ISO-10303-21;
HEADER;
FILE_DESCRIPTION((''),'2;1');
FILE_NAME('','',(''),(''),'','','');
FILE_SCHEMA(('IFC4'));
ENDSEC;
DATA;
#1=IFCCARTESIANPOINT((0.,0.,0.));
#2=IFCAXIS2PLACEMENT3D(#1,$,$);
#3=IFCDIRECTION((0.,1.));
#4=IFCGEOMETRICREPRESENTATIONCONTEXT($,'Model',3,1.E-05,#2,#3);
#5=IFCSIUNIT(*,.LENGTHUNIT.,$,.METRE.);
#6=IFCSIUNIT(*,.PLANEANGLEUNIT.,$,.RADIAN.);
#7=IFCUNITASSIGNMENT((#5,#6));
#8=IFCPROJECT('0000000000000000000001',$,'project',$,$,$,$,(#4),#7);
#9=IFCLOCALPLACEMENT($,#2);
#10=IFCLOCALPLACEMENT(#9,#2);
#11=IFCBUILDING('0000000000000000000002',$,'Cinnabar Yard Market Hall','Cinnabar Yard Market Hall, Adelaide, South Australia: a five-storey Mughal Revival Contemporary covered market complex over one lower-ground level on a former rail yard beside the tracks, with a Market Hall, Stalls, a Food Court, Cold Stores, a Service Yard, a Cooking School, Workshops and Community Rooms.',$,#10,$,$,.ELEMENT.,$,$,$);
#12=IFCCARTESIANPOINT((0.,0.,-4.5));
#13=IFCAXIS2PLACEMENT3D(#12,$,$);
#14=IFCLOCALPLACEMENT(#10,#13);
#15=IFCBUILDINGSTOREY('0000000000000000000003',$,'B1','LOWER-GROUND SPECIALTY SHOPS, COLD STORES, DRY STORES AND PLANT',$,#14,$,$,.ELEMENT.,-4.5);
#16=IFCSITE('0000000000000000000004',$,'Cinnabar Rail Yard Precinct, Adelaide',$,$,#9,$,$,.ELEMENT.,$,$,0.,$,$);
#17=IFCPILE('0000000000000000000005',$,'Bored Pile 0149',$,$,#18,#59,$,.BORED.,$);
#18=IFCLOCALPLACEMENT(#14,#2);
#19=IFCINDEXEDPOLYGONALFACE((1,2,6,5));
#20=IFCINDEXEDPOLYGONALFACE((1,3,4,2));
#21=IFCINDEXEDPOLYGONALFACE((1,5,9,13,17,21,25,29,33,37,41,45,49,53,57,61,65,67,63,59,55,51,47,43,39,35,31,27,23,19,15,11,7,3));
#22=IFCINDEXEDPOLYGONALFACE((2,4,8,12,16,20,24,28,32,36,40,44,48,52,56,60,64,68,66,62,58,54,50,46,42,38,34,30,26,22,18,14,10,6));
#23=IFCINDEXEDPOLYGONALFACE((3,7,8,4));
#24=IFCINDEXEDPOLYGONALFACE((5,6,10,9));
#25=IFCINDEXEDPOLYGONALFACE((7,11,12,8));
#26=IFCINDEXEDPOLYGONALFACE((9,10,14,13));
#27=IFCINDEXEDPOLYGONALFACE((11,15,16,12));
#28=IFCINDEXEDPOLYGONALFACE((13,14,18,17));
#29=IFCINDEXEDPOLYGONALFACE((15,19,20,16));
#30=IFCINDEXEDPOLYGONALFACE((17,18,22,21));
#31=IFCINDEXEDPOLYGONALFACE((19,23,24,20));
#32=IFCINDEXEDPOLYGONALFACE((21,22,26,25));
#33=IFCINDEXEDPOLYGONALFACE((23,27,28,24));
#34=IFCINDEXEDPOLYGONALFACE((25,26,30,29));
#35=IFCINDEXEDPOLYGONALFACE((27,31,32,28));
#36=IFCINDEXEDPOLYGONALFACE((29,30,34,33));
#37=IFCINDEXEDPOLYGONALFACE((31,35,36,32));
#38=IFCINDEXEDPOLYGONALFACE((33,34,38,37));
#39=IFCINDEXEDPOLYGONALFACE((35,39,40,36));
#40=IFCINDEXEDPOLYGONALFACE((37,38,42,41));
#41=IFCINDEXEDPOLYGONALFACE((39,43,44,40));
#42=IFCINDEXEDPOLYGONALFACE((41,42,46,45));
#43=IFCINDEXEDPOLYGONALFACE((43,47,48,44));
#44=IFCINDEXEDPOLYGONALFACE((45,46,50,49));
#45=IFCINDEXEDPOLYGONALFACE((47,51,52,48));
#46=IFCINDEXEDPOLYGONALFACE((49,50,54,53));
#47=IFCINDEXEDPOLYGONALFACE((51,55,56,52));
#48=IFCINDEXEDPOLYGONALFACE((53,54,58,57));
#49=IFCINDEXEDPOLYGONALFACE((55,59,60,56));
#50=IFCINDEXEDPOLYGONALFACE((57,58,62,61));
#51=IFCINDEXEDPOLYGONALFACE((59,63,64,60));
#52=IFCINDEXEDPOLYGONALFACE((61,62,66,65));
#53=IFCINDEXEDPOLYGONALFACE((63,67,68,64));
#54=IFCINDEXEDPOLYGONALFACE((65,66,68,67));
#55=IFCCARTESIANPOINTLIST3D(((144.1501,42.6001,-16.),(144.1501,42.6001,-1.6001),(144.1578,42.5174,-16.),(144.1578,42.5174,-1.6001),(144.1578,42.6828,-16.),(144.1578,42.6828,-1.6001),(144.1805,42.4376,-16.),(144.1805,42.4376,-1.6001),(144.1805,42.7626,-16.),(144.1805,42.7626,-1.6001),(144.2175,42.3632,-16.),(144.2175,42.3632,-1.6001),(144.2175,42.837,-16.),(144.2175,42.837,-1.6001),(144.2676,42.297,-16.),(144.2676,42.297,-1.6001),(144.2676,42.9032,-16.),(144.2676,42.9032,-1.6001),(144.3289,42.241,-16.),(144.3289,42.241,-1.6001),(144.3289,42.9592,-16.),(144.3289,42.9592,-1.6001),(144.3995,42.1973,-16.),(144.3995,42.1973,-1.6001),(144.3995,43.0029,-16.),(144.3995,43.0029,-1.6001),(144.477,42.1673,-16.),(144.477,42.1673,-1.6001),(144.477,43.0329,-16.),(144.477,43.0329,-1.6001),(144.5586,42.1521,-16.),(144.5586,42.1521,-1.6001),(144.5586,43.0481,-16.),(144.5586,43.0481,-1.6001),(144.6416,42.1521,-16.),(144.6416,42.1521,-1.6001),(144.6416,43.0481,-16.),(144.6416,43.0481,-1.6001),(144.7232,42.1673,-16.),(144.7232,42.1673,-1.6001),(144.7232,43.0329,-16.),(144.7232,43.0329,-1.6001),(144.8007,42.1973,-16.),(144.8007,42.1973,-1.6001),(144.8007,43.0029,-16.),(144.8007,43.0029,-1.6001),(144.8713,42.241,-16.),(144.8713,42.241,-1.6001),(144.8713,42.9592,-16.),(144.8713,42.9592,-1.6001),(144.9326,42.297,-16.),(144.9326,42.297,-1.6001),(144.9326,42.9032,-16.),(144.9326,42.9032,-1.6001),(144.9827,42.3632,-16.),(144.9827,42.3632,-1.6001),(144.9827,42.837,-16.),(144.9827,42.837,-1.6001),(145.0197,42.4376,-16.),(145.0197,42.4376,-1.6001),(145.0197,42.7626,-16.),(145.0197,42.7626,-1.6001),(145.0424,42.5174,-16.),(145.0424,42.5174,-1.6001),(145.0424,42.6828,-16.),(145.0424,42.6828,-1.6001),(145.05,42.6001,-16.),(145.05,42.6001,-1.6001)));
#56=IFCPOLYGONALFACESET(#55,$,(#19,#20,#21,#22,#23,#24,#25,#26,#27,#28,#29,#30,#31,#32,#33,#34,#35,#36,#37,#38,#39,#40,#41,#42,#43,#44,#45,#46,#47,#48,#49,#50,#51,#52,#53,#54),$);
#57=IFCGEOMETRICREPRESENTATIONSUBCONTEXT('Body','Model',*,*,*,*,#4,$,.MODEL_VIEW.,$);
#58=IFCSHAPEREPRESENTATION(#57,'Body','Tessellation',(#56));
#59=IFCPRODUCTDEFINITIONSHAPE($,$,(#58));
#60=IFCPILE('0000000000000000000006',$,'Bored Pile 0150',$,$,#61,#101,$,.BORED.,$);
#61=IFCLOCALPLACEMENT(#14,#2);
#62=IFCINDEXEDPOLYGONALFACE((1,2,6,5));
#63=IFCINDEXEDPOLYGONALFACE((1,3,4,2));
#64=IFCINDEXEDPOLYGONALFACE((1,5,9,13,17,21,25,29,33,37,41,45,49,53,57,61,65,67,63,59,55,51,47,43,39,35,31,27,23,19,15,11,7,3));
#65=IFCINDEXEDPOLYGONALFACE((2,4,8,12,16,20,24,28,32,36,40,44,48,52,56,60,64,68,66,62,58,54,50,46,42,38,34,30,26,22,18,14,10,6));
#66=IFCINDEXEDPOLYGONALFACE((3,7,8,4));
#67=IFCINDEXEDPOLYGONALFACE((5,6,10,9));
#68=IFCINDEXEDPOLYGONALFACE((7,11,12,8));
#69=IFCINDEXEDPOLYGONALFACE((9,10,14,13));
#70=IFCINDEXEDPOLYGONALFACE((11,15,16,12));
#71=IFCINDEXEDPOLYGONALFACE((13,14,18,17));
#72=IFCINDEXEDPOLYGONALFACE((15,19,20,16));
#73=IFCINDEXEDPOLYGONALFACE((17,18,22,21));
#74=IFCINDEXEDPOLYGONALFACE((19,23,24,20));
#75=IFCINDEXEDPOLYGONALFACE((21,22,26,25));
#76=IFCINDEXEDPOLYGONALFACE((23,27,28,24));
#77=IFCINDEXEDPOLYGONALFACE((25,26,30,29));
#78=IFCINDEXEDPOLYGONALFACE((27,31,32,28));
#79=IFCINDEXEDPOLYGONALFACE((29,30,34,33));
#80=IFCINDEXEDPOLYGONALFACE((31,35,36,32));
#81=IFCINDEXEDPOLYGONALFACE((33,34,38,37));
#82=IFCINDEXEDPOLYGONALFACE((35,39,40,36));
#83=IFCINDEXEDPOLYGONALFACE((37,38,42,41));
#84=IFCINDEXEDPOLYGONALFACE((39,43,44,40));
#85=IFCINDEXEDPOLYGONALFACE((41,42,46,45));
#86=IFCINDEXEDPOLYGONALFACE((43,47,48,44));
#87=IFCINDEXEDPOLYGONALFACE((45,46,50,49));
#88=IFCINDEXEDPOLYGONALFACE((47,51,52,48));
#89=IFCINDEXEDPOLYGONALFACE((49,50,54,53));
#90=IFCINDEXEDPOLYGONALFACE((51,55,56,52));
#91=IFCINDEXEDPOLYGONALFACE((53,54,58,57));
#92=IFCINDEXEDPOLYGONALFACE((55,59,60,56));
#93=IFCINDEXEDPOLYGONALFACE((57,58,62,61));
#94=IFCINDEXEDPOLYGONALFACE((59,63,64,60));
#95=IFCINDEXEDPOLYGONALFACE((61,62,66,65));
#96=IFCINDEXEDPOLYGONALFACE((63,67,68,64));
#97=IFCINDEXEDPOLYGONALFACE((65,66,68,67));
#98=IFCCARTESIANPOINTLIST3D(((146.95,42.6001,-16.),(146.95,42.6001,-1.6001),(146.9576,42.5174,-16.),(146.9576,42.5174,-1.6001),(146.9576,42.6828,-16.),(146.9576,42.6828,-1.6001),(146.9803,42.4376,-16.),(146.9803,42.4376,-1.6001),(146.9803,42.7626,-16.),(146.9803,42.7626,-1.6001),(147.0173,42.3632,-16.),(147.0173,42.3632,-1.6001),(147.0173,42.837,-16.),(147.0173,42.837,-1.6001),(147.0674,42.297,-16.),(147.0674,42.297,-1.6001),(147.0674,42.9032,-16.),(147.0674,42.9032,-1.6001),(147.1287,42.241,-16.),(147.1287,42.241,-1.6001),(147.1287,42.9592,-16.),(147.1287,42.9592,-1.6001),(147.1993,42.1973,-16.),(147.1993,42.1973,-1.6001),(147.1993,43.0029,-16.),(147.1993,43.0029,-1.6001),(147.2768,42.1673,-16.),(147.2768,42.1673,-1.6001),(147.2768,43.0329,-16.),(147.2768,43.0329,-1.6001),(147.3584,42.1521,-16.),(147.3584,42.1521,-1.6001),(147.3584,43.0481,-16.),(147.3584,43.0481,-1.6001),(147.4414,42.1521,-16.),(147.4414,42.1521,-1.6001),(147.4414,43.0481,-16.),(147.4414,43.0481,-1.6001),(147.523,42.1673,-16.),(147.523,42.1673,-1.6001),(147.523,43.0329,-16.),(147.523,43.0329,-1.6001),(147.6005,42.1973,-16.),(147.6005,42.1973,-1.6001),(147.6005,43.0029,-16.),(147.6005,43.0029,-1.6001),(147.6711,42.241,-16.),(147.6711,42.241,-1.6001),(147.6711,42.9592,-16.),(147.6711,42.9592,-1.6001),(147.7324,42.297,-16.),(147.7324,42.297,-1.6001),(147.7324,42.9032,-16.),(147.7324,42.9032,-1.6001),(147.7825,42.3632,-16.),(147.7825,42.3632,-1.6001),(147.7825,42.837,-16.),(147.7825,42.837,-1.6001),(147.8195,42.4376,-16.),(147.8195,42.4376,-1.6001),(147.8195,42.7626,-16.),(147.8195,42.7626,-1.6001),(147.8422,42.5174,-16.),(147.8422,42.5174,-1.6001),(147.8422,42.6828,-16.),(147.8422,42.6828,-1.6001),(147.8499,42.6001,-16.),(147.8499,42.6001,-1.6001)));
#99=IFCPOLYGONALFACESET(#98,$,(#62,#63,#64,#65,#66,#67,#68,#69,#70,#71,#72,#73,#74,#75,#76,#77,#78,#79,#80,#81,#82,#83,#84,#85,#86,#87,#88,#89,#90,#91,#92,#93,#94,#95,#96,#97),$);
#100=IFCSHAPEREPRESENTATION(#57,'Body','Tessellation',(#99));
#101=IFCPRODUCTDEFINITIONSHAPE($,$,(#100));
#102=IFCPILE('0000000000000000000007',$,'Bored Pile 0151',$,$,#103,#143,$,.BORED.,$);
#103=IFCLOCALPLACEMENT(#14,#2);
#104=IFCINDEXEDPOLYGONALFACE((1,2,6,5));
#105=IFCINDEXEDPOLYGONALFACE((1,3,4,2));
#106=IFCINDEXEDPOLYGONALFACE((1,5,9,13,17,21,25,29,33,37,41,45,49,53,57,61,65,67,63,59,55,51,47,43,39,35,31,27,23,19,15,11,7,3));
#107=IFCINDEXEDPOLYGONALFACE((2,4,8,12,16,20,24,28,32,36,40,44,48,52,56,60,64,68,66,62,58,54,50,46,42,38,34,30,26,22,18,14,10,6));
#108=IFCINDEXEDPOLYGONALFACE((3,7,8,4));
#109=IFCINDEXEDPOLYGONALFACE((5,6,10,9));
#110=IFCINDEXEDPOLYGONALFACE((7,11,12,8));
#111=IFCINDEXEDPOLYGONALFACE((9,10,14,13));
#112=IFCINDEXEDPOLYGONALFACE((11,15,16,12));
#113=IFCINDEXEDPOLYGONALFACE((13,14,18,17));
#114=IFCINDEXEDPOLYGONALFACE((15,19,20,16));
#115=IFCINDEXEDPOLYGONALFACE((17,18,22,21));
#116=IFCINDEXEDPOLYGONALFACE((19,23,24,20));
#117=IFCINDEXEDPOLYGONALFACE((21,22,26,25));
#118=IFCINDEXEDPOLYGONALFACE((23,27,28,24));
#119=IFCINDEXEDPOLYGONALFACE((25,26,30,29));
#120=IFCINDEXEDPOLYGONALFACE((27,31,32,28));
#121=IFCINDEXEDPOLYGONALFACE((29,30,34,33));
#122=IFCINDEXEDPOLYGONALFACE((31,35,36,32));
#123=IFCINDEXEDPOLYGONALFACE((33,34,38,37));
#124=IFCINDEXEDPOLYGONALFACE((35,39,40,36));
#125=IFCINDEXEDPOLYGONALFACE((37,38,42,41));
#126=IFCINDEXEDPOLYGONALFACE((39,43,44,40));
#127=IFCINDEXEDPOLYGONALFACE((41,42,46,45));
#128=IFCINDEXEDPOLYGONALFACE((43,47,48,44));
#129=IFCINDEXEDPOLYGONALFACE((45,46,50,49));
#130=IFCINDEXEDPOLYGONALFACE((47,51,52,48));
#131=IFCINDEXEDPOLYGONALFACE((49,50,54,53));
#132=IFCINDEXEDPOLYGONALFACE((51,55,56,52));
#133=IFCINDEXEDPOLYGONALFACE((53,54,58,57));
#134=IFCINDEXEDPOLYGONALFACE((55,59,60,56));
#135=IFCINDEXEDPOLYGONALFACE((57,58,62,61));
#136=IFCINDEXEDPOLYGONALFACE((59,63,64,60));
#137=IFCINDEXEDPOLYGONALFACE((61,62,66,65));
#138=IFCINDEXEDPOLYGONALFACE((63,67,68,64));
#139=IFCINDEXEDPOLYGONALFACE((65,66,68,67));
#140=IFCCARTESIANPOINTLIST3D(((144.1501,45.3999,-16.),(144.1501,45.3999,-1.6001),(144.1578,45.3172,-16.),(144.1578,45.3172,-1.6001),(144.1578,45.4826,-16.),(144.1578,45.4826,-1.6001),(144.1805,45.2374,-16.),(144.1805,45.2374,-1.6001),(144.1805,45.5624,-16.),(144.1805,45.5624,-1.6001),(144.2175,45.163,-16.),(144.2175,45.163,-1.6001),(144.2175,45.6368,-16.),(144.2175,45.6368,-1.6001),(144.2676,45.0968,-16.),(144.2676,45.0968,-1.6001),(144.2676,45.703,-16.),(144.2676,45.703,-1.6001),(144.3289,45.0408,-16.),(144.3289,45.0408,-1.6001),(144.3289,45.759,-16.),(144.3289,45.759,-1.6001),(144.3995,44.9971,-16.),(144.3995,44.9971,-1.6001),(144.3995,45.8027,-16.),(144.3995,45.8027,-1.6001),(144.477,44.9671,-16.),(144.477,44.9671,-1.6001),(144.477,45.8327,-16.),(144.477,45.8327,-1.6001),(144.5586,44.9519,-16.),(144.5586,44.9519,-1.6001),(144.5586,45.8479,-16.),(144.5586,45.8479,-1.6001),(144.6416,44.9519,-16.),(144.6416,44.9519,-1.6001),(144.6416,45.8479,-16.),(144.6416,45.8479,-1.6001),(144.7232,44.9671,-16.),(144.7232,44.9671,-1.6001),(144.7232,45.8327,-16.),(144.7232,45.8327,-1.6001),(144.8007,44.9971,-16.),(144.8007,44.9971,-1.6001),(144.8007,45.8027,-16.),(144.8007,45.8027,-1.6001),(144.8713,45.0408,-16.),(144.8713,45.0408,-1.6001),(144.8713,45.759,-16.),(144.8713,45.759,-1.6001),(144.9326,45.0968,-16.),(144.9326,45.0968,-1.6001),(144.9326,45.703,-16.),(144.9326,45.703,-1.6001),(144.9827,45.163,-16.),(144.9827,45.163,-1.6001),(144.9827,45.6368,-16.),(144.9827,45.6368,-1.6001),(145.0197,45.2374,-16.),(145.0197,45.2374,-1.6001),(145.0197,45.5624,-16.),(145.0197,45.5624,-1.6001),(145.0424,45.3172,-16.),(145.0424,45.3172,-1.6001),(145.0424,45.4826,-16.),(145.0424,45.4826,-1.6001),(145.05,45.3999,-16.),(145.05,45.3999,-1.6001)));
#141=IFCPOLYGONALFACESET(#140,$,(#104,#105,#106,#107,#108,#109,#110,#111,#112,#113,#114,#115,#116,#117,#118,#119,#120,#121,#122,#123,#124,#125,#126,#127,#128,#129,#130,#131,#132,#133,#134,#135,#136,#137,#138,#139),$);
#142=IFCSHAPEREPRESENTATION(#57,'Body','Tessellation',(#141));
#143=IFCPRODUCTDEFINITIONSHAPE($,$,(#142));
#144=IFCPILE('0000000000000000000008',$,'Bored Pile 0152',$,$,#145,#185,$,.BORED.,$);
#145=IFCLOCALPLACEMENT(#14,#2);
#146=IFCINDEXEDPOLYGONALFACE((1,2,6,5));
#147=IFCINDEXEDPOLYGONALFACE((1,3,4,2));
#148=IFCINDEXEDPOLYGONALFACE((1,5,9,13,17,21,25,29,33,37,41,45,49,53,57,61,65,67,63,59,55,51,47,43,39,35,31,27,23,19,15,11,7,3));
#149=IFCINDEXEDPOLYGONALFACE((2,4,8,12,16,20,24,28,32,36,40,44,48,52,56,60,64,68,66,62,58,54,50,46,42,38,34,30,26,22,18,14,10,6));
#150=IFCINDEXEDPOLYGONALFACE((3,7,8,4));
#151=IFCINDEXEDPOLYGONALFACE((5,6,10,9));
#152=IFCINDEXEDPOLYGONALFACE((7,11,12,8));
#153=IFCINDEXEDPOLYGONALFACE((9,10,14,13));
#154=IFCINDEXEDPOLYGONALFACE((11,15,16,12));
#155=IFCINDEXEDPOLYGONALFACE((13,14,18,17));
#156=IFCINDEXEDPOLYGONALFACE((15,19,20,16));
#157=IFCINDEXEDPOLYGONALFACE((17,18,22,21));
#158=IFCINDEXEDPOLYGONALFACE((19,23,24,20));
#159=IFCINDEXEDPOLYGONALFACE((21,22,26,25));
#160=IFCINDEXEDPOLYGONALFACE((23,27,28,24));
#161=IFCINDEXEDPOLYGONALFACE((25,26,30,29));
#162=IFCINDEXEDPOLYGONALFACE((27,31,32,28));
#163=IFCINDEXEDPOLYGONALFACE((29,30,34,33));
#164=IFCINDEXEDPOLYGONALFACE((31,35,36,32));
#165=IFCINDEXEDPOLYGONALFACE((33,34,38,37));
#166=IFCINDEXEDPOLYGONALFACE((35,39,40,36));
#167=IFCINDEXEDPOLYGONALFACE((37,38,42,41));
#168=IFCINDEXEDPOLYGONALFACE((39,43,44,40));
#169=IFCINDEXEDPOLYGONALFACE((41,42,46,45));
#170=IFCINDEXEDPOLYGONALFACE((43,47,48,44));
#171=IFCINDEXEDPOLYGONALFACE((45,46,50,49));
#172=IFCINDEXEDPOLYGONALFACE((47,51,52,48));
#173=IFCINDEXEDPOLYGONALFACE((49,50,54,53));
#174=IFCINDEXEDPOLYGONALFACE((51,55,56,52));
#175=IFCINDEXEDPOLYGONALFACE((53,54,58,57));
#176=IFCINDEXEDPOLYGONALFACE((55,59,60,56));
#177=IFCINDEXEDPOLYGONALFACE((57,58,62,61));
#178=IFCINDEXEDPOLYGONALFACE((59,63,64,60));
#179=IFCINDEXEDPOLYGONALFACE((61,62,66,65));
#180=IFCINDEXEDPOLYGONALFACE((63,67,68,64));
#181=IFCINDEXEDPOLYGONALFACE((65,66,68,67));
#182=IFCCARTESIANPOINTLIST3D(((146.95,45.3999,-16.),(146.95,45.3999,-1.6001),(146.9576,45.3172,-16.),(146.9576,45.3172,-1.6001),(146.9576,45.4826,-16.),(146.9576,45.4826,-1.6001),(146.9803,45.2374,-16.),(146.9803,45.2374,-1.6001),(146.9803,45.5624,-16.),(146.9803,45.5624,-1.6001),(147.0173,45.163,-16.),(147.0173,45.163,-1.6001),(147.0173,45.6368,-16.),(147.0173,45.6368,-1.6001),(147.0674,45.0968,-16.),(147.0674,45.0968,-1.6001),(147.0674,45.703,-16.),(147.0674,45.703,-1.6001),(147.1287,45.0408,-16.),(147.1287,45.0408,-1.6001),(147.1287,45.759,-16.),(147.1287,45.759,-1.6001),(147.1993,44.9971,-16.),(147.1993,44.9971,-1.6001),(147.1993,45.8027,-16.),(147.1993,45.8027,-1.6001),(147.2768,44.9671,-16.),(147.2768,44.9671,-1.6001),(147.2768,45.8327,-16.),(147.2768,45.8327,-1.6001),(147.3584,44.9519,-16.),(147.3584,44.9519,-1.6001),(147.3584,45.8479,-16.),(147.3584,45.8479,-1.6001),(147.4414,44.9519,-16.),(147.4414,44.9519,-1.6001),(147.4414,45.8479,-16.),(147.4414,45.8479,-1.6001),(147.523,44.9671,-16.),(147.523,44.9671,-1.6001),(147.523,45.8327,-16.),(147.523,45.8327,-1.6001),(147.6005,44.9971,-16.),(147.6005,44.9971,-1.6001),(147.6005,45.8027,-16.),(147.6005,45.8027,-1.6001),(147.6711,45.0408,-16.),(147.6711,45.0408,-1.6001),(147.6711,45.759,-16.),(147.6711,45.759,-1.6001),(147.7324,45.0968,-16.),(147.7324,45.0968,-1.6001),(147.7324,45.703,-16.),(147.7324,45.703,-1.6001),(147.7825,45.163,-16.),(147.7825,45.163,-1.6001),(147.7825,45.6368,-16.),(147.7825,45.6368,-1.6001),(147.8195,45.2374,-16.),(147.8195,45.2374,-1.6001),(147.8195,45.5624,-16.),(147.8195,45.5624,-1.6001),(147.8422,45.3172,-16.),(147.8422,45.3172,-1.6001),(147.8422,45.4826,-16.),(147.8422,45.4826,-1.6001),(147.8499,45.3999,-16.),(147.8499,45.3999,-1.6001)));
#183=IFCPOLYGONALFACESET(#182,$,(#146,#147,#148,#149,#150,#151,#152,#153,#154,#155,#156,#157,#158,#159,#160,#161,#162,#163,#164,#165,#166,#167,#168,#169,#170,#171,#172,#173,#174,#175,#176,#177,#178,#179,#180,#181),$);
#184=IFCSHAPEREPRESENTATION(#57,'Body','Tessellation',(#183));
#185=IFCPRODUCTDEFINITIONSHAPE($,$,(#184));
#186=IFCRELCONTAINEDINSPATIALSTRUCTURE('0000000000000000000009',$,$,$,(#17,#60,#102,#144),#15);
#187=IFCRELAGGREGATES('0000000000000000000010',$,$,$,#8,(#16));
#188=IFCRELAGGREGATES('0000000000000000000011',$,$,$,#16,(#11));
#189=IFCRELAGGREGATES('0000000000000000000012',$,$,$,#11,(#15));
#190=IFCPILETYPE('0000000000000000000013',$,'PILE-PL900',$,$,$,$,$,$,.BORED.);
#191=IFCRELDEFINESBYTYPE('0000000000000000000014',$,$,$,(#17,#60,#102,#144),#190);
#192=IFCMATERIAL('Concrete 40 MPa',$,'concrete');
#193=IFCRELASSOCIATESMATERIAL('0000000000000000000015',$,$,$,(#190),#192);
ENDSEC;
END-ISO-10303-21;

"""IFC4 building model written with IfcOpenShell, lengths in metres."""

from ifc_helpers import new_model, si_unit, direction, frame, origin, origin_2d_with_axis, place, context, subcontext, project, spatial, circle, extrude, material, material_profile, profile_set, type_object, element, save


model = new_model("IFC4")

# Units and contexts
model_context = context("Model", 3, precision=1e-05, world=origin(), true_north=direction((0.0, 1.0)))
body_context = subcontext(model_context, "Body", "Model", "MODEL_VIEW")
ifc_project = project(units=[si_unit("LENGTHUNIT", "METRE"), si_unit("PLANEANGLEUNIT", "RADIAN")], contexts=[model_context])

# Site, building, storey
site_placement = place(None, origin())
site = spatial("IfcSite", under=ifc_project, at=site_placement, Name="Cinnabar Rail Yard Precinct, Adelaide", CompositionType="ELEMENT", RefElevation=0.0)
building_placement = place(site_placement, origin())
building = spatial("IfcBuilding", under=site, at=building_placement, Name="Cinnabar Yard Market Hall", Description="Cinnabar Yard Market Hall, Adelaide, South Australia: a five-storey Mughal Revival Contemporary covered market complex over one lower-ground level on a former rail yard beside the tracks, with a Market Hall, Stalls, a Food Court, Cold Stores, a Service Yard, a Cooking School, Workshops and Community Rooms.", CompositionType="ELEMENT")
storey_placement = place(building_placement, frame((0.0, 0.0, -4.5)))
storey = spatial("IfcBuildingStorey", under=building, at=storey_placement, Name="B1", Description="LOWER-GROUND SPECIALTY SHOPS, COLD STORES, DRY STORES AND PLANT", CompositionType="ELEMENT", Elevation=-4.5)

# Shared definitions
ifc_material_1 = material(Name="Concrete 40 MPa", Category="concrete")

# Piles
ifc_material_profile_1 = material_profile(ifc_material_1, circle(Radius=0.45, at=origin_2d_with_axis()), Name="PILE-D900")
ifc_profile_set_1 = profile_set([ifc_material_profile_1], Name="Concrete 40 MPa")
pile_type = type_object("IfcPileType", Name="PILE-PL900", PredefinedType="BORED", material=ifc_profile_set_1)
for number, where, z_axis, x_axis, name in (
    (1, (144.6001, 42.6001, -1.6001), (0.0, 0.0, -1.0), (1.0, 0.0, 0.0), "Bored Pile 0149"),
    (2, (147.3999, 42.6001, -1.6001), (0.0, 0.0, -1.0), (1.0, 0.0, 0.0), "Bored Pile 0150"),
    (3, (144.6001, 45.3999, -1.6001), (0.0, 0.0, -1.0), (1.0, 0.0, 0.0), "Bored Pile 0151"),
    (4, (147.3999, 45.3999, -1.6001), (0.0, 0.0, -1.0), (1.0, 0.0, 0.0), "Bored Pile 0152"),
):
    element("IfcPile", number, at=place(storey_placement, frame(where, z_axis=z_axis, x_axis=x_axis)), inside=storey, type_object=pile_type, Name=name, PredefinedType="BORED", context=body_context, shape_type="SweptSolid", body=[
        extrude(circle(Radius=0.45, at=origin_2d_with_axis()), origin(), (0.0, 0.0, 1.0), 14.3999),
    ])

save(model, "model.ifc")
